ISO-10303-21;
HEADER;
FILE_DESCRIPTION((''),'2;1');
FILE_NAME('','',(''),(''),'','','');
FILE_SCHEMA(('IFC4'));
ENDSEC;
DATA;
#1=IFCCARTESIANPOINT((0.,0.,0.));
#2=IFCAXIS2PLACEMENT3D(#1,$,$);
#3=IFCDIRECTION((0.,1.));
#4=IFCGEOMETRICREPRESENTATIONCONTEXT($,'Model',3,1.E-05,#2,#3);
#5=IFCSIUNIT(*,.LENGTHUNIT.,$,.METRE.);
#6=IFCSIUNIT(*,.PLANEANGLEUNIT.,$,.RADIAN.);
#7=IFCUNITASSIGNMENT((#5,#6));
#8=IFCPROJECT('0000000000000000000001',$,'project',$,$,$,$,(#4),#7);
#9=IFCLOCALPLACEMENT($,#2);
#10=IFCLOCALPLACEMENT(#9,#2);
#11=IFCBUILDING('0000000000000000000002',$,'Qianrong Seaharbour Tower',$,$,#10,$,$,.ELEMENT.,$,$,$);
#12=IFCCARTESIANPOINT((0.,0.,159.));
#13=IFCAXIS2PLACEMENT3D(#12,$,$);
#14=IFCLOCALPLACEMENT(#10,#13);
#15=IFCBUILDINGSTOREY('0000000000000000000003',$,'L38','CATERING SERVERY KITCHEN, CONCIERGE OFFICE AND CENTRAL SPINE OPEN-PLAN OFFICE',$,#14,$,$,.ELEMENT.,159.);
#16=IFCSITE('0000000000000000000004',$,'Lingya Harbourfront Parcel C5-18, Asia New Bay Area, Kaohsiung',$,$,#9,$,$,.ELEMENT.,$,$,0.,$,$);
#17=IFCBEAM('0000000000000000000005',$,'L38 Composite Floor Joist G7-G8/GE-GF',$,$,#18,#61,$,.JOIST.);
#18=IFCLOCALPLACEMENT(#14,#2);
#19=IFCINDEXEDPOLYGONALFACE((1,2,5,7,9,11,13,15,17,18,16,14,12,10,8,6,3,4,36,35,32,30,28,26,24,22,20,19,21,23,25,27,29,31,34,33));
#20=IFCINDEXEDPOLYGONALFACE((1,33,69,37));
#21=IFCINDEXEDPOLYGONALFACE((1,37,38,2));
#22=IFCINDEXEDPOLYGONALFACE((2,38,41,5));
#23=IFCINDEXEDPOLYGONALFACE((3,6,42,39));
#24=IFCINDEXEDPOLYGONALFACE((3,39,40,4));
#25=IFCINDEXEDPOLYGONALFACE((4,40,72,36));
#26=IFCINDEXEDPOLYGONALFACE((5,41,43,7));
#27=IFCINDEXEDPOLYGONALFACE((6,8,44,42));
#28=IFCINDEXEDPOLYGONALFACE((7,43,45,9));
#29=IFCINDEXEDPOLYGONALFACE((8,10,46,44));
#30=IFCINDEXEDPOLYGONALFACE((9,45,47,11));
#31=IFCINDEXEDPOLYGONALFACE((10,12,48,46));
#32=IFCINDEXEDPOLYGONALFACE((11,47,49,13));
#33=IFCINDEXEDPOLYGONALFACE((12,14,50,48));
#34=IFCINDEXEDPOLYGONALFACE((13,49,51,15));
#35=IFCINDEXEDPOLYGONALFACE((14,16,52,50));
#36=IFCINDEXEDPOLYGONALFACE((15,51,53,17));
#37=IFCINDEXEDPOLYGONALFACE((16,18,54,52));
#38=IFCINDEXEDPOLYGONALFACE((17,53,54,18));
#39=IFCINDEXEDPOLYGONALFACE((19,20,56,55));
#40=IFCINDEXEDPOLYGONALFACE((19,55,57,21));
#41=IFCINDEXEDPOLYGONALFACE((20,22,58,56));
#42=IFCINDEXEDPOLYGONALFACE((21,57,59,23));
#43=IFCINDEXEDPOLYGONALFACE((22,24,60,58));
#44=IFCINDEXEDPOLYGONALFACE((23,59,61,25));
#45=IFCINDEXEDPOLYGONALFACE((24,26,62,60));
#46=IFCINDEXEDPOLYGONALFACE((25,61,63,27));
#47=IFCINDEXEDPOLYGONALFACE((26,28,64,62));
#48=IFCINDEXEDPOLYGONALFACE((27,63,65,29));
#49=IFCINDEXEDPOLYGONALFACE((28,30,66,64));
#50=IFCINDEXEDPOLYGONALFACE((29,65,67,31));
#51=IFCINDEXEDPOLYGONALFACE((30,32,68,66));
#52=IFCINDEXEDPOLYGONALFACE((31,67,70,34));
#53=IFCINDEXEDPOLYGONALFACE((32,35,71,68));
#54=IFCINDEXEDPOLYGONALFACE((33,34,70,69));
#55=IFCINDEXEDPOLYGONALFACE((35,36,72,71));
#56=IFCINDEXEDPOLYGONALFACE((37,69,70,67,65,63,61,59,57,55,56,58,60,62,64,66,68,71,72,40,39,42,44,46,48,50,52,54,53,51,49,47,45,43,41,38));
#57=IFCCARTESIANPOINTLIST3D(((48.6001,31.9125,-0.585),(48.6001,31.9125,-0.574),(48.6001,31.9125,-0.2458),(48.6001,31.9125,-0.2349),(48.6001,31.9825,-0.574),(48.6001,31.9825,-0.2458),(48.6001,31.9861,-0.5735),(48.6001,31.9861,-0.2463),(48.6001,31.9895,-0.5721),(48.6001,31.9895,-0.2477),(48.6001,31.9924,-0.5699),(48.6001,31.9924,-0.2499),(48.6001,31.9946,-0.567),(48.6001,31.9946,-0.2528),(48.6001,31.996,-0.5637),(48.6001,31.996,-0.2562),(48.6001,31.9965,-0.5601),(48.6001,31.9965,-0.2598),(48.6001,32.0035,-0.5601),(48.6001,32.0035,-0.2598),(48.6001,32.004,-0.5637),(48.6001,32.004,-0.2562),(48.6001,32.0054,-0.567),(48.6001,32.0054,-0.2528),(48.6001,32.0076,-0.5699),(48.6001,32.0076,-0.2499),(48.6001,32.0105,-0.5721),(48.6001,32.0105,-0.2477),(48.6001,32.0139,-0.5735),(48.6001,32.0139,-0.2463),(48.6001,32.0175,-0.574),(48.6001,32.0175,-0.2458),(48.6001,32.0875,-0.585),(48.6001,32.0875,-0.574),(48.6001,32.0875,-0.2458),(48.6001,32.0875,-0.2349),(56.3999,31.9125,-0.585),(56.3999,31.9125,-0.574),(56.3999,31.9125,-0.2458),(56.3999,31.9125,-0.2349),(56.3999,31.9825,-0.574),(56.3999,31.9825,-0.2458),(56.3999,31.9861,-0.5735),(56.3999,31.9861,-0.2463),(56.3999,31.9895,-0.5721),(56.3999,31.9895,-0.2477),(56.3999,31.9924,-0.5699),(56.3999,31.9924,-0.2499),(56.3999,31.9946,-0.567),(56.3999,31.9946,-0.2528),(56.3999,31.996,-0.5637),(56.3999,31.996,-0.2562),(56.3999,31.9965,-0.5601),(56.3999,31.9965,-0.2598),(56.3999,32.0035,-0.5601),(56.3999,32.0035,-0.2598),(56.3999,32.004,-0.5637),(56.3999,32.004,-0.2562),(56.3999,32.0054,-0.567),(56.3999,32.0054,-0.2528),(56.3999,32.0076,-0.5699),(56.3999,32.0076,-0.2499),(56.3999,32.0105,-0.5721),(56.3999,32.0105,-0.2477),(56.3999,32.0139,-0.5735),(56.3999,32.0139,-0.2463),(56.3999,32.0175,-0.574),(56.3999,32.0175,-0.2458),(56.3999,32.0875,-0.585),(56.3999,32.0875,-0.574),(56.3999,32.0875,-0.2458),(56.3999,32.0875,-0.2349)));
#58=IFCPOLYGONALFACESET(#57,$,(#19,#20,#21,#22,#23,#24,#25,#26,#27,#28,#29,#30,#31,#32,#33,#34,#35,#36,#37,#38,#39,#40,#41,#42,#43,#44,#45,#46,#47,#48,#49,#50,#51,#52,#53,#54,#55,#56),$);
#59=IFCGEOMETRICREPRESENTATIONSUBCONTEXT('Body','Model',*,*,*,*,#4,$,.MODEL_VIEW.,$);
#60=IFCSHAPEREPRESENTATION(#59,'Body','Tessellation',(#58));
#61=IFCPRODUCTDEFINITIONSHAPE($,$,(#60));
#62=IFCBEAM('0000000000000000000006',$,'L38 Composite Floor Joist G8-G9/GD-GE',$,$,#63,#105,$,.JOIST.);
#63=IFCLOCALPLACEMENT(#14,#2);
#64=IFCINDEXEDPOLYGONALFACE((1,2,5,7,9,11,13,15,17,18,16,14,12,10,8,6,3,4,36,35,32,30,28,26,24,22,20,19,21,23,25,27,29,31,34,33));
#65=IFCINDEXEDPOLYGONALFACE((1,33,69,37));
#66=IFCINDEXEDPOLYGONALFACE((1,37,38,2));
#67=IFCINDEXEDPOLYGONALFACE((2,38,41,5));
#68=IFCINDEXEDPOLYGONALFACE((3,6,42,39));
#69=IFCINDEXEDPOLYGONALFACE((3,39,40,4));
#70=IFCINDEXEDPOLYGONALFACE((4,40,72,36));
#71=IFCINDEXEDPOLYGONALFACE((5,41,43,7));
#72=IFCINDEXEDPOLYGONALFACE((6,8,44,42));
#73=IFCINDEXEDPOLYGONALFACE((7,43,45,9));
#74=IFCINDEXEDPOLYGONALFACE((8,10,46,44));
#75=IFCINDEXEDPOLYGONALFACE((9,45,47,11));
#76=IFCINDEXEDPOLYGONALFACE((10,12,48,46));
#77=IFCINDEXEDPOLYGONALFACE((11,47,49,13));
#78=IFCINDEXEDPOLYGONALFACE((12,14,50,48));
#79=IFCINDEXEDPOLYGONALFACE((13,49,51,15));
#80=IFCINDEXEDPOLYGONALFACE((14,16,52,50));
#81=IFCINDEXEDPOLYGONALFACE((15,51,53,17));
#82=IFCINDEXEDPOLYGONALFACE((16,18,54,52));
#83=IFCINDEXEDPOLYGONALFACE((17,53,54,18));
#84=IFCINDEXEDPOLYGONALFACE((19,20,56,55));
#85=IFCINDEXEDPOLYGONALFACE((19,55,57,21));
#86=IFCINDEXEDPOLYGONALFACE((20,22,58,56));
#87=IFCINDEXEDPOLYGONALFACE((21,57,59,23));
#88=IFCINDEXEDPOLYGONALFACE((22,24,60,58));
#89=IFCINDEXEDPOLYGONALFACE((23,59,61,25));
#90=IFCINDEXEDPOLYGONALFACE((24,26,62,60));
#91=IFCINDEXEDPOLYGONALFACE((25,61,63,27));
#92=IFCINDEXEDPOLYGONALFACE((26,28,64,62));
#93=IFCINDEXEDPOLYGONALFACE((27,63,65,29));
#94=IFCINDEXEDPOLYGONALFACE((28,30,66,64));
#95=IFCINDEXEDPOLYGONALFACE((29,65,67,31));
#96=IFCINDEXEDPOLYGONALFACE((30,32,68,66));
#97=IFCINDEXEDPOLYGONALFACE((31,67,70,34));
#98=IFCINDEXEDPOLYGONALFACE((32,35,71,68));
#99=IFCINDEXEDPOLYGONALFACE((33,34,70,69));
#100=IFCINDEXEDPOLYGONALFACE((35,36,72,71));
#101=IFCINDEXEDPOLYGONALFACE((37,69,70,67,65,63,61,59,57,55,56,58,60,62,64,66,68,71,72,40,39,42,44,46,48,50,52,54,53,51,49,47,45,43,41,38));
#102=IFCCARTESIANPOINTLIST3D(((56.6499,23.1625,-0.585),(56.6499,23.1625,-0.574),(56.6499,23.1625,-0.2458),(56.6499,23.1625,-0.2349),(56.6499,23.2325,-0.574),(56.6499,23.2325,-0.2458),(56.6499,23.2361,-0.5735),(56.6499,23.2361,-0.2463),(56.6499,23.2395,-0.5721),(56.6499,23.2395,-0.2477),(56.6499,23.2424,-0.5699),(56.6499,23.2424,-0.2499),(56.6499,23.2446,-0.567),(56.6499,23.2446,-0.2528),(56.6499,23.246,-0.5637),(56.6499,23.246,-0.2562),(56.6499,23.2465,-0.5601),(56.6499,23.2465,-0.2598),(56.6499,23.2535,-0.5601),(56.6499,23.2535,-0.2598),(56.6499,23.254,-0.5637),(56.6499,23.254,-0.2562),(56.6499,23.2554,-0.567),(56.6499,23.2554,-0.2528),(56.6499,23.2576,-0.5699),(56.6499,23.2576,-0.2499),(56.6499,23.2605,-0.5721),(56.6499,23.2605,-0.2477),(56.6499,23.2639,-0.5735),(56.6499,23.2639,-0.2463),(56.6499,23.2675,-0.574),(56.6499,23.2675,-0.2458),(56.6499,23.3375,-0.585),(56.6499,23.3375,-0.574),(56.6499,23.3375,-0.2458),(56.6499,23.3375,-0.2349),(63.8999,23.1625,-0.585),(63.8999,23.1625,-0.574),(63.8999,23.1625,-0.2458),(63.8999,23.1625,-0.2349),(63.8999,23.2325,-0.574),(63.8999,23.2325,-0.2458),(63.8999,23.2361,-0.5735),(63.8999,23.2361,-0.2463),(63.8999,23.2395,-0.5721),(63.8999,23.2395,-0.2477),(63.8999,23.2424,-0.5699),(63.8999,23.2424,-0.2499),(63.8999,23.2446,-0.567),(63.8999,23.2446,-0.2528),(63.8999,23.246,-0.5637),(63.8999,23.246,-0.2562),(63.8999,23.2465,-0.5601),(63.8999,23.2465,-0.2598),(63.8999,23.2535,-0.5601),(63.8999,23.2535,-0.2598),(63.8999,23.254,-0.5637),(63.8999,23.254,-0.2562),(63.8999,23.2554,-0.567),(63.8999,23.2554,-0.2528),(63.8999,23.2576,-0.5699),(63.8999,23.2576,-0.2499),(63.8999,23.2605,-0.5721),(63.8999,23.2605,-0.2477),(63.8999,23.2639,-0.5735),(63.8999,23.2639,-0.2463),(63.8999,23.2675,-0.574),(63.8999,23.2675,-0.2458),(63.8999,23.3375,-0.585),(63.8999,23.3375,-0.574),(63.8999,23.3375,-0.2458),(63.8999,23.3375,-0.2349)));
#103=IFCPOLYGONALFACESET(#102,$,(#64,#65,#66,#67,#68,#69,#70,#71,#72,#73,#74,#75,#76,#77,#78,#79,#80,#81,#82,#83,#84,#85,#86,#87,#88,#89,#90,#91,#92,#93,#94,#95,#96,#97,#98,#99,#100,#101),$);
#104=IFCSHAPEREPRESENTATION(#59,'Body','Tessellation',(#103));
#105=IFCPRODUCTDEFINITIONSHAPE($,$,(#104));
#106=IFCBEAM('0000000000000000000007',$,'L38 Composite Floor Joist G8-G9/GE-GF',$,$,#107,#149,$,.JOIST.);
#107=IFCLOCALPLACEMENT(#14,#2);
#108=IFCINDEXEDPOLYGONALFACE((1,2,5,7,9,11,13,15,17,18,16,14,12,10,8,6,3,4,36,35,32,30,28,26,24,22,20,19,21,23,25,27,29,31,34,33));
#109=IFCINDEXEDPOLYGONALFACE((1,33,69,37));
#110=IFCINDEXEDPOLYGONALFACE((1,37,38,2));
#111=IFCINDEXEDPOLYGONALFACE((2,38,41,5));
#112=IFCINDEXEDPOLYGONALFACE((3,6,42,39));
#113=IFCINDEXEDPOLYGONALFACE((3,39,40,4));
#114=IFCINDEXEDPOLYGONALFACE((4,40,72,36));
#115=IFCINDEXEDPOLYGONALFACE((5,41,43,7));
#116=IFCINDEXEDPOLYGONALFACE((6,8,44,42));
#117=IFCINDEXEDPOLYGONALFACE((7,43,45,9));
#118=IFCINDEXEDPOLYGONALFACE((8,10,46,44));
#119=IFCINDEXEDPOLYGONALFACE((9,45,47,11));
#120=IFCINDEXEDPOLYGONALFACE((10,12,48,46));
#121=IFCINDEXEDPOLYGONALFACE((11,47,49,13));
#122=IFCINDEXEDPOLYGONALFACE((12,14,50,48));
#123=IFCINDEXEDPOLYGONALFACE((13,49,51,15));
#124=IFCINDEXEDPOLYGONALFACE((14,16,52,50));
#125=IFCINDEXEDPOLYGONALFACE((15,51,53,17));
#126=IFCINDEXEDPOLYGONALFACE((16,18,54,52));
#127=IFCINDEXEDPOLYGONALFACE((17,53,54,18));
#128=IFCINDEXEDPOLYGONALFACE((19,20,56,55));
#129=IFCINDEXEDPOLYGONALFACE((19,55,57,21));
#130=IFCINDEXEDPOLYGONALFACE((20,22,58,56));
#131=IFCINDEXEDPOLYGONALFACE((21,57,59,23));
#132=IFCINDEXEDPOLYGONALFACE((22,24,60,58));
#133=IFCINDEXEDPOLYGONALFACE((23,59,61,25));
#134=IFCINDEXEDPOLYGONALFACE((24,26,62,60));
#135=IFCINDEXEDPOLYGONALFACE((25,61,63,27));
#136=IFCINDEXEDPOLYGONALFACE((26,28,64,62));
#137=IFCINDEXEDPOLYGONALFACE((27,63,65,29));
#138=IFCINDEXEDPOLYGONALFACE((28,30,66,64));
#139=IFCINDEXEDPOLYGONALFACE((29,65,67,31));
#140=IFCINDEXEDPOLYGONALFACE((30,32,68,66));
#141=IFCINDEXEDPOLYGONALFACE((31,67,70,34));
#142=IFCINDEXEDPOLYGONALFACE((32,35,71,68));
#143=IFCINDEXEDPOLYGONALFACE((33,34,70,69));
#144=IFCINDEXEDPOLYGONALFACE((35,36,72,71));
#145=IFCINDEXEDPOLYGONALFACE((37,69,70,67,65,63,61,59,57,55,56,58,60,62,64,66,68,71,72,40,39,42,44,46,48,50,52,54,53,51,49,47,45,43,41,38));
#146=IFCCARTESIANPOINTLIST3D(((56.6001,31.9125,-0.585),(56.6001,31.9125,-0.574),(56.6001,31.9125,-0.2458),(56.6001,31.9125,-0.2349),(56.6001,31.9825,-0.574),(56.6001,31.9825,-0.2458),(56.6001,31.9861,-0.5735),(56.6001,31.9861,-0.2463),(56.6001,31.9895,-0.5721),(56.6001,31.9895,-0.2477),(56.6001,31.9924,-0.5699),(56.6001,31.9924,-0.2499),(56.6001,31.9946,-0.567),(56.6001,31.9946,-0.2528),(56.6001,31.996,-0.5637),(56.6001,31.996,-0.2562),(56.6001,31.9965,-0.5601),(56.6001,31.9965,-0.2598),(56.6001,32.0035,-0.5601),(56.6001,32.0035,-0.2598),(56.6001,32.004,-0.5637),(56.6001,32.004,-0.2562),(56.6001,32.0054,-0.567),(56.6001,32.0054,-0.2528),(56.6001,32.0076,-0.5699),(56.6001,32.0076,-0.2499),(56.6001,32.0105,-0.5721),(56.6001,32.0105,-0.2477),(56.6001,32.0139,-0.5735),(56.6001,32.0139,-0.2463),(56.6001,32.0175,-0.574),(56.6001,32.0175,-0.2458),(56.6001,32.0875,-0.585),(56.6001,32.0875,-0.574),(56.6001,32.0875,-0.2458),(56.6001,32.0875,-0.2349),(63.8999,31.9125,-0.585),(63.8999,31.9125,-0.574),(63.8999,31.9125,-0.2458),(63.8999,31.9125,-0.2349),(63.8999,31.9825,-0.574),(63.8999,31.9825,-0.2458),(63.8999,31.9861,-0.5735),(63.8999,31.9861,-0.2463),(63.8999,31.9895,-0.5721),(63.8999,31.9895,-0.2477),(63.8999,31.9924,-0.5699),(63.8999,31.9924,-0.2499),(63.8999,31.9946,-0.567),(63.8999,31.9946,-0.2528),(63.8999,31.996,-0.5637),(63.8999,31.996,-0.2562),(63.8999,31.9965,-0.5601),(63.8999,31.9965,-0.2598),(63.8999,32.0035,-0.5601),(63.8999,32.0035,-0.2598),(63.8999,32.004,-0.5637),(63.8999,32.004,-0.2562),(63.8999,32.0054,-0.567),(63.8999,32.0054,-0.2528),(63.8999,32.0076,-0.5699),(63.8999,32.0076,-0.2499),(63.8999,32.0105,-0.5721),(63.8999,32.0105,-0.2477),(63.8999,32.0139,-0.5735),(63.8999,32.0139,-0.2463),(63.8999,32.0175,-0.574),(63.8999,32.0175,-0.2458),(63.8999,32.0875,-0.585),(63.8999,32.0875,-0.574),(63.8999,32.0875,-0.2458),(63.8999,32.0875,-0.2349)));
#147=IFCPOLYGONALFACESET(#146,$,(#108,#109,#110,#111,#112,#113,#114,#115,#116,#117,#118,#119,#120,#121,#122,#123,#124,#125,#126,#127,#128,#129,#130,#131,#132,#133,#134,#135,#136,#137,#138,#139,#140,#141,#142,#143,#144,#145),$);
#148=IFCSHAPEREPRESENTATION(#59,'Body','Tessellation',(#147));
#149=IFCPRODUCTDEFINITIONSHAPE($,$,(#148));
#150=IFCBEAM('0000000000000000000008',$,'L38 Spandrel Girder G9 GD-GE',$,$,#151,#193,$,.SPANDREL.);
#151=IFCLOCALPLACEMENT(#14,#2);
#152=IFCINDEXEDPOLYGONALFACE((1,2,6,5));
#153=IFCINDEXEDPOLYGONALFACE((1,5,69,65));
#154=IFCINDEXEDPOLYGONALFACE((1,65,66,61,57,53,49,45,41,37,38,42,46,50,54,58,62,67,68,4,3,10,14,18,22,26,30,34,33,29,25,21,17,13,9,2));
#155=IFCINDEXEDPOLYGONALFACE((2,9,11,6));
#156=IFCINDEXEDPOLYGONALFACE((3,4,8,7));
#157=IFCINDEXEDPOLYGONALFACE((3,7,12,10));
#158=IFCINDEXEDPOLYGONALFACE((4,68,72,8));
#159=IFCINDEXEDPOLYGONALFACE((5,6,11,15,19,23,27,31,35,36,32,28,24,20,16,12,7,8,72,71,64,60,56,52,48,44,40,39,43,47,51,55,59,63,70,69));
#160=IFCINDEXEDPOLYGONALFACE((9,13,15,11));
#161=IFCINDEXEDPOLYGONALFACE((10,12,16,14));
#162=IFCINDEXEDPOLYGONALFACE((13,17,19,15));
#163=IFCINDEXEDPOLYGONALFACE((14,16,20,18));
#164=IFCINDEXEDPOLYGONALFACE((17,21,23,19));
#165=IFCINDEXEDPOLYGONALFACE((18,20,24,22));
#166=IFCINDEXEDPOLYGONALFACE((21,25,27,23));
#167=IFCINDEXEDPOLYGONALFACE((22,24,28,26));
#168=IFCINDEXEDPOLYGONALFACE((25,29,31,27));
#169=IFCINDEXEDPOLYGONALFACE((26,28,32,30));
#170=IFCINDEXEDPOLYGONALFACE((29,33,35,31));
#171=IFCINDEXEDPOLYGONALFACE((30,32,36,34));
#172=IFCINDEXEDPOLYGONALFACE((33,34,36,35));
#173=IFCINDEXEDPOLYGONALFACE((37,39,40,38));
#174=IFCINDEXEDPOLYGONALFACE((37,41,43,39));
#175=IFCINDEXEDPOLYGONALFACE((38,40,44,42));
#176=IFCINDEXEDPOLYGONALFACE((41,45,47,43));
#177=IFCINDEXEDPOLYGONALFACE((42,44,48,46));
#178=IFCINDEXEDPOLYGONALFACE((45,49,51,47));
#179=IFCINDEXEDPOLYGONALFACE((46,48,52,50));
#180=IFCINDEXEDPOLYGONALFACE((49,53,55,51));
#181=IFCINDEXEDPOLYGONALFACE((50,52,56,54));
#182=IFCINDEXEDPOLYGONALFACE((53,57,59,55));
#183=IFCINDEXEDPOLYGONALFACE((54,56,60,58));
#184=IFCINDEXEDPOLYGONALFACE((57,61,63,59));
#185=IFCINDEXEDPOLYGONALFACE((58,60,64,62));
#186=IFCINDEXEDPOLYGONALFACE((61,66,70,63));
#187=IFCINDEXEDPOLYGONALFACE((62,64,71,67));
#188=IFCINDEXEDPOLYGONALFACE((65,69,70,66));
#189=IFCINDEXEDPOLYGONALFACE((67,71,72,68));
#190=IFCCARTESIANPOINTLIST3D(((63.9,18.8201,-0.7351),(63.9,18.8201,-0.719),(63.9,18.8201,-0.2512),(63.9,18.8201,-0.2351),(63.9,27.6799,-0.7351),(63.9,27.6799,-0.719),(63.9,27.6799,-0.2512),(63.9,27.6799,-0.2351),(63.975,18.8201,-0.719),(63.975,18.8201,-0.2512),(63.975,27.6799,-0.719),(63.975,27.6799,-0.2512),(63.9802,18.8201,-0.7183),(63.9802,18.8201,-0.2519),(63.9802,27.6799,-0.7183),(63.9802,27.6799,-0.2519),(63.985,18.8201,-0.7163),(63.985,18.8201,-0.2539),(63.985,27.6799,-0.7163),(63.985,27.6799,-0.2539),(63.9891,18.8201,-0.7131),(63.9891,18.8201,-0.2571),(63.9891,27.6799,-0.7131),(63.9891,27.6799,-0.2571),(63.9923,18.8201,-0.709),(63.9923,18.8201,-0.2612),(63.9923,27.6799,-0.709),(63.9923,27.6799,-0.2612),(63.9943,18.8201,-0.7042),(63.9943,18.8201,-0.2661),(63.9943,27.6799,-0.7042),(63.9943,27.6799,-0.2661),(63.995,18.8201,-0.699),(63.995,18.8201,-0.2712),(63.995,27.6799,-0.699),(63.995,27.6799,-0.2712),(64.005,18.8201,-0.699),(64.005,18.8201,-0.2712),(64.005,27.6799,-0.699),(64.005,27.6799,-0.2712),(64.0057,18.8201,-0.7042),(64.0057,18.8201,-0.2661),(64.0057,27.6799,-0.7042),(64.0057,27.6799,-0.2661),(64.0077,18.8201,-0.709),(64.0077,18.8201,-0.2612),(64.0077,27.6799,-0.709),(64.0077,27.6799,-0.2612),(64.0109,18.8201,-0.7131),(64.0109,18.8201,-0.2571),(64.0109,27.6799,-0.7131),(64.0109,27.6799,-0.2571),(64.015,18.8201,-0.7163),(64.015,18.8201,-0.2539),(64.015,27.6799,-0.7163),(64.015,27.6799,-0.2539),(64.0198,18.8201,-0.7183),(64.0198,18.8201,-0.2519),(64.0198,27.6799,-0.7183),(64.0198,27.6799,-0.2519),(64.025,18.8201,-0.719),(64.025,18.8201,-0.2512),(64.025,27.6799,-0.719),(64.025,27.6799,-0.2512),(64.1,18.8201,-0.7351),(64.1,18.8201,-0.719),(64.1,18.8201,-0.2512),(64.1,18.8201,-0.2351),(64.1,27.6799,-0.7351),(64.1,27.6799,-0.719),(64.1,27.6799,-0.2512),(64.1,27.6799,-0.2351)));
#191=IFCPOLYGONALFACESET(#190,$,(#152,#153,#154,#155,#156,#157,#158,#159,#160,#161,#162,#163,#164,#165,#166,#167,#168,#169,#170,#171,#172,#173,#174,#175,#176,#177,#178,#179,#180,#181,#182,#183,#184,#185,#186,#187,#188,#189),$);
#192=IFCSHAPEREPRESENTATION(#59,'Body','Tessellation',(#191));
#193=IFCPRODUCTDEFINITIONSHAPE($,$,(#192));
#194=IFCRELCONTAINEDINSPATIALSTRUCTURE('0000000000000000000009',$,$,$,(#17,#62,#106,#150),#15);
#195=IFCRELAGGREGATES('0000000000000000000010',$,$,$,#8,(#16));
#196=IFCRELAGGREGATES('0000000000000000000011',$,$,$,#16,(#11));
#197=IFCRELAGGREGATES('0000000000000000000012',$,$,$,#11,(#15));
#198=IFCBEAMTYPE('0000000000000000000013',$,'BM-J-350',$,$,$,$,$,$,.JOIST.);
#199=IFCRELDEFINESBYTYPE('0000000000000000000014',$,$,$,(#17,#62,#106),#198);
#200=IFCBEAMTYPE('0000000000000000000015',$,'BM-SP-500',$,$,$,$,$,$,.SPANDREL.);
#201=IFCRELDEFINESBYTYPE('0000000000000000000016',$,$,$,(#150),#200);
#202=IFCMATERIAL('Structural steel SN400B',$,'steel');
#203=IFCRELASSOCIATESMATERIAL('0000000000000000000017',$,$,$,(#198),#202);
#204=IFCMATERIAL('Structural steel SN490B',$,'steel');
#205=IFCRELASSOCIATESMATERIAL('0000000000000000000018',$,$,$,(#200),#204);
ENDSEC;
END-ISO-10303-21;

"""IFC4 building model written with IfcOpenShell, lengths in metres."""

from ifc_helpers import new_model, si_unit, direction, frame, origin, origin_2d, place, context, subcontext, project, spatial, i_section, extrude, material, material_profile, profile_set, type_object, element, save


model = new_model("IFC4")

# Units and contexts
model_context = context("Model", 3, precision=1e-05, world=origin(), true_north=direction((0.0, 1.0)))
body_context = subcontext(model_context, "Body", "Model", "MODEL_VIEW")
ifc_project = project(units=[si_unit("LENGTHUNIT", "METRE"), si_unit("PLANEANGLEUNIT", "RADIAN")], contexts=[model_context])

# Site, building, storey
site_placement = place(None, origin())
site = spatial("IfcSite", under=ifc_project, at=site_placement, Name="Lingya Harbourfront Parcel C5-18, Asia New Bay Area, Kaohsiung", CompositionType="ELEMENT", RefElevation=0.0)
building_placement = place(site_placement, origin())
building = spatial("IfcBuilding", under=site, at=building_placement, Name="Qianrong Seaharbour Tower", CompositionType="ELEMENT")
storey_placement = place(building_placement, frame((0.0, 0.0, 159.0)))
storey = spatial("IfcBuildingStorey", under=building, at=storey_placement, Name="L38", Description="CATERING SERVERY KITCHEN, CONCIERGE OFFICE AND CENTRAL SPINE OPEN-PLAN OFFICE", CompositionType="ELEMENT", Elevation=159.0)

# Shared definitions
ifc_material_1 = material(Name="Structural steel SN490B", Category="steel")

# Beams
ifc_material_2 = material(Name="Structural steel SN400B", Category="steel")
ifc_material_profile_1 = material_profile(ifc_material_2, i_section(OverallWidth=0.175, OverallDepth=0.3501, WebThickness=0.0071, FlangeThickness=0.011, FilletRadius=0.0139, at=origin_2d()), Name="H350x175x7x11")
ifc_profile_set_1 = profile_set([ifc_material_profile_1], Name="Structural steel SN400B")
beam_type_1 = type_object("IfcBeamType", Name="BM-J-350", PredefinedType="JOIST", material=ifc_profile_set_1)
beam_1_placement = place(storey_placement, frame((48.6001, 32.0, -0.4099), z_axis=(1.0, 0.0, 0.0), x_axis=(0.0, 1.0, 0.0)))
element("IfcBeam", 1, at=beam_1_placement, inside=storey, type_object=beam_type_1, Name="L38 Composite Floor Joist G7-G8/GE-GF", PredefinedType="JOIST", context=body_context, shape_type="SweptSolid", body=[
    extrude(i_section(OverallWidth=0.175, OverallDepth=0.3501, WebThickness=0.0071, FlangeThickness=0.011, FilletRadius=0.0139, at=origin_2d()), origin(), (0.0, 0.0, 1.0), 7.7998),
])
beam_2_placement = place(storey_placement, frame((56.6499, 23.25, -0.4099), z_axis=(1.0, 0.0, 0.0), x_axis=(0.0, 1.0, 0.0)))
element("IfcBeam", 2, at=beam_2_placement, inside=storey, type_object=beam_type_1, Name="L38 Composite Floor Joist G8-G9/GD-GE", PredefinedType="JOIST", context=body_context, shape_type="SweptSolid", body=[
    extrude(i_section(OverallWidth=0.175, OverallDepth=0.3501, WebThickness=0.0071, FlangeThickness=0.011, FilletRadius=0.0139, at=origin_2d()), origin(), (0.0, 0.0, 1.0), 7.25),
])
beam_3_placement = place(storey_placement, frame((56.6001, 32.0, -0.4099), z_axis=(1.0, 0.0, 0.0), x_axis=(0.0, 1.0, 0.0)))
element("IfcBeam", 3, at=beam_3_placement, inside=storey, type_object=beam_type_1, Name="L38 Composite Floor Joist G8-G9/GE-GF", PredefinedType="JOIST", context=body_context, shape_type="SweptSolid", body=[
    extrude(i_section(OverallWidth=0.175, OverallDepth=0.3501, WebThickness=0.0071, FlangeThickness=0.011, FilletRadius=0.0139, at=origin_2d()), origin(), (0.0, 0.0, 1.0), 7.2998),
])
ifc_material_profile_2 = material_profile(ifc_material_1, i_section(OverallWidth=0.2, OverallDepth=0.5, WebThickness=0.01, FlangeThickness=0.0161, FilletRadius=0.02, at=origin_2d()), Name="H500x200x10x16")
ifc_profile_set_2 = profile_set([ifc_material_profile_2], Name="Structural steel SN490B")
beam_type_2 = type_object("IfcBeamType", Name="BM-SP-500", PredefinedType="SPANDREL", material=ifc_profile_set_2)
beam_4_placement = place(storey_placement, frame((64.0, 18.8201, -0.4851), z_axis=(0.0, 1.0, 0.0), x_axis=(-1.0, 0.0, 0.0)))
element("IfcBeam", 4, at=beam_4_placement, inside=storey, type_object=beam_type_2, Name="L38 Spandrel Girder G9 GD-GE", PredefinedType="SPANDREL", context=body_context, shape_type="SweptSolid", body=[
    extrude(i_section(OverallWidth=0.2, OverallDepth=0.5, WebThickness=0.01, FlangeThickness=0.0161, FilletRadius=0.02, at=origin_2d()), origin(), (0.0, 0.0, 1.0), 8.8599),
])

save(model, "model.ifc")
